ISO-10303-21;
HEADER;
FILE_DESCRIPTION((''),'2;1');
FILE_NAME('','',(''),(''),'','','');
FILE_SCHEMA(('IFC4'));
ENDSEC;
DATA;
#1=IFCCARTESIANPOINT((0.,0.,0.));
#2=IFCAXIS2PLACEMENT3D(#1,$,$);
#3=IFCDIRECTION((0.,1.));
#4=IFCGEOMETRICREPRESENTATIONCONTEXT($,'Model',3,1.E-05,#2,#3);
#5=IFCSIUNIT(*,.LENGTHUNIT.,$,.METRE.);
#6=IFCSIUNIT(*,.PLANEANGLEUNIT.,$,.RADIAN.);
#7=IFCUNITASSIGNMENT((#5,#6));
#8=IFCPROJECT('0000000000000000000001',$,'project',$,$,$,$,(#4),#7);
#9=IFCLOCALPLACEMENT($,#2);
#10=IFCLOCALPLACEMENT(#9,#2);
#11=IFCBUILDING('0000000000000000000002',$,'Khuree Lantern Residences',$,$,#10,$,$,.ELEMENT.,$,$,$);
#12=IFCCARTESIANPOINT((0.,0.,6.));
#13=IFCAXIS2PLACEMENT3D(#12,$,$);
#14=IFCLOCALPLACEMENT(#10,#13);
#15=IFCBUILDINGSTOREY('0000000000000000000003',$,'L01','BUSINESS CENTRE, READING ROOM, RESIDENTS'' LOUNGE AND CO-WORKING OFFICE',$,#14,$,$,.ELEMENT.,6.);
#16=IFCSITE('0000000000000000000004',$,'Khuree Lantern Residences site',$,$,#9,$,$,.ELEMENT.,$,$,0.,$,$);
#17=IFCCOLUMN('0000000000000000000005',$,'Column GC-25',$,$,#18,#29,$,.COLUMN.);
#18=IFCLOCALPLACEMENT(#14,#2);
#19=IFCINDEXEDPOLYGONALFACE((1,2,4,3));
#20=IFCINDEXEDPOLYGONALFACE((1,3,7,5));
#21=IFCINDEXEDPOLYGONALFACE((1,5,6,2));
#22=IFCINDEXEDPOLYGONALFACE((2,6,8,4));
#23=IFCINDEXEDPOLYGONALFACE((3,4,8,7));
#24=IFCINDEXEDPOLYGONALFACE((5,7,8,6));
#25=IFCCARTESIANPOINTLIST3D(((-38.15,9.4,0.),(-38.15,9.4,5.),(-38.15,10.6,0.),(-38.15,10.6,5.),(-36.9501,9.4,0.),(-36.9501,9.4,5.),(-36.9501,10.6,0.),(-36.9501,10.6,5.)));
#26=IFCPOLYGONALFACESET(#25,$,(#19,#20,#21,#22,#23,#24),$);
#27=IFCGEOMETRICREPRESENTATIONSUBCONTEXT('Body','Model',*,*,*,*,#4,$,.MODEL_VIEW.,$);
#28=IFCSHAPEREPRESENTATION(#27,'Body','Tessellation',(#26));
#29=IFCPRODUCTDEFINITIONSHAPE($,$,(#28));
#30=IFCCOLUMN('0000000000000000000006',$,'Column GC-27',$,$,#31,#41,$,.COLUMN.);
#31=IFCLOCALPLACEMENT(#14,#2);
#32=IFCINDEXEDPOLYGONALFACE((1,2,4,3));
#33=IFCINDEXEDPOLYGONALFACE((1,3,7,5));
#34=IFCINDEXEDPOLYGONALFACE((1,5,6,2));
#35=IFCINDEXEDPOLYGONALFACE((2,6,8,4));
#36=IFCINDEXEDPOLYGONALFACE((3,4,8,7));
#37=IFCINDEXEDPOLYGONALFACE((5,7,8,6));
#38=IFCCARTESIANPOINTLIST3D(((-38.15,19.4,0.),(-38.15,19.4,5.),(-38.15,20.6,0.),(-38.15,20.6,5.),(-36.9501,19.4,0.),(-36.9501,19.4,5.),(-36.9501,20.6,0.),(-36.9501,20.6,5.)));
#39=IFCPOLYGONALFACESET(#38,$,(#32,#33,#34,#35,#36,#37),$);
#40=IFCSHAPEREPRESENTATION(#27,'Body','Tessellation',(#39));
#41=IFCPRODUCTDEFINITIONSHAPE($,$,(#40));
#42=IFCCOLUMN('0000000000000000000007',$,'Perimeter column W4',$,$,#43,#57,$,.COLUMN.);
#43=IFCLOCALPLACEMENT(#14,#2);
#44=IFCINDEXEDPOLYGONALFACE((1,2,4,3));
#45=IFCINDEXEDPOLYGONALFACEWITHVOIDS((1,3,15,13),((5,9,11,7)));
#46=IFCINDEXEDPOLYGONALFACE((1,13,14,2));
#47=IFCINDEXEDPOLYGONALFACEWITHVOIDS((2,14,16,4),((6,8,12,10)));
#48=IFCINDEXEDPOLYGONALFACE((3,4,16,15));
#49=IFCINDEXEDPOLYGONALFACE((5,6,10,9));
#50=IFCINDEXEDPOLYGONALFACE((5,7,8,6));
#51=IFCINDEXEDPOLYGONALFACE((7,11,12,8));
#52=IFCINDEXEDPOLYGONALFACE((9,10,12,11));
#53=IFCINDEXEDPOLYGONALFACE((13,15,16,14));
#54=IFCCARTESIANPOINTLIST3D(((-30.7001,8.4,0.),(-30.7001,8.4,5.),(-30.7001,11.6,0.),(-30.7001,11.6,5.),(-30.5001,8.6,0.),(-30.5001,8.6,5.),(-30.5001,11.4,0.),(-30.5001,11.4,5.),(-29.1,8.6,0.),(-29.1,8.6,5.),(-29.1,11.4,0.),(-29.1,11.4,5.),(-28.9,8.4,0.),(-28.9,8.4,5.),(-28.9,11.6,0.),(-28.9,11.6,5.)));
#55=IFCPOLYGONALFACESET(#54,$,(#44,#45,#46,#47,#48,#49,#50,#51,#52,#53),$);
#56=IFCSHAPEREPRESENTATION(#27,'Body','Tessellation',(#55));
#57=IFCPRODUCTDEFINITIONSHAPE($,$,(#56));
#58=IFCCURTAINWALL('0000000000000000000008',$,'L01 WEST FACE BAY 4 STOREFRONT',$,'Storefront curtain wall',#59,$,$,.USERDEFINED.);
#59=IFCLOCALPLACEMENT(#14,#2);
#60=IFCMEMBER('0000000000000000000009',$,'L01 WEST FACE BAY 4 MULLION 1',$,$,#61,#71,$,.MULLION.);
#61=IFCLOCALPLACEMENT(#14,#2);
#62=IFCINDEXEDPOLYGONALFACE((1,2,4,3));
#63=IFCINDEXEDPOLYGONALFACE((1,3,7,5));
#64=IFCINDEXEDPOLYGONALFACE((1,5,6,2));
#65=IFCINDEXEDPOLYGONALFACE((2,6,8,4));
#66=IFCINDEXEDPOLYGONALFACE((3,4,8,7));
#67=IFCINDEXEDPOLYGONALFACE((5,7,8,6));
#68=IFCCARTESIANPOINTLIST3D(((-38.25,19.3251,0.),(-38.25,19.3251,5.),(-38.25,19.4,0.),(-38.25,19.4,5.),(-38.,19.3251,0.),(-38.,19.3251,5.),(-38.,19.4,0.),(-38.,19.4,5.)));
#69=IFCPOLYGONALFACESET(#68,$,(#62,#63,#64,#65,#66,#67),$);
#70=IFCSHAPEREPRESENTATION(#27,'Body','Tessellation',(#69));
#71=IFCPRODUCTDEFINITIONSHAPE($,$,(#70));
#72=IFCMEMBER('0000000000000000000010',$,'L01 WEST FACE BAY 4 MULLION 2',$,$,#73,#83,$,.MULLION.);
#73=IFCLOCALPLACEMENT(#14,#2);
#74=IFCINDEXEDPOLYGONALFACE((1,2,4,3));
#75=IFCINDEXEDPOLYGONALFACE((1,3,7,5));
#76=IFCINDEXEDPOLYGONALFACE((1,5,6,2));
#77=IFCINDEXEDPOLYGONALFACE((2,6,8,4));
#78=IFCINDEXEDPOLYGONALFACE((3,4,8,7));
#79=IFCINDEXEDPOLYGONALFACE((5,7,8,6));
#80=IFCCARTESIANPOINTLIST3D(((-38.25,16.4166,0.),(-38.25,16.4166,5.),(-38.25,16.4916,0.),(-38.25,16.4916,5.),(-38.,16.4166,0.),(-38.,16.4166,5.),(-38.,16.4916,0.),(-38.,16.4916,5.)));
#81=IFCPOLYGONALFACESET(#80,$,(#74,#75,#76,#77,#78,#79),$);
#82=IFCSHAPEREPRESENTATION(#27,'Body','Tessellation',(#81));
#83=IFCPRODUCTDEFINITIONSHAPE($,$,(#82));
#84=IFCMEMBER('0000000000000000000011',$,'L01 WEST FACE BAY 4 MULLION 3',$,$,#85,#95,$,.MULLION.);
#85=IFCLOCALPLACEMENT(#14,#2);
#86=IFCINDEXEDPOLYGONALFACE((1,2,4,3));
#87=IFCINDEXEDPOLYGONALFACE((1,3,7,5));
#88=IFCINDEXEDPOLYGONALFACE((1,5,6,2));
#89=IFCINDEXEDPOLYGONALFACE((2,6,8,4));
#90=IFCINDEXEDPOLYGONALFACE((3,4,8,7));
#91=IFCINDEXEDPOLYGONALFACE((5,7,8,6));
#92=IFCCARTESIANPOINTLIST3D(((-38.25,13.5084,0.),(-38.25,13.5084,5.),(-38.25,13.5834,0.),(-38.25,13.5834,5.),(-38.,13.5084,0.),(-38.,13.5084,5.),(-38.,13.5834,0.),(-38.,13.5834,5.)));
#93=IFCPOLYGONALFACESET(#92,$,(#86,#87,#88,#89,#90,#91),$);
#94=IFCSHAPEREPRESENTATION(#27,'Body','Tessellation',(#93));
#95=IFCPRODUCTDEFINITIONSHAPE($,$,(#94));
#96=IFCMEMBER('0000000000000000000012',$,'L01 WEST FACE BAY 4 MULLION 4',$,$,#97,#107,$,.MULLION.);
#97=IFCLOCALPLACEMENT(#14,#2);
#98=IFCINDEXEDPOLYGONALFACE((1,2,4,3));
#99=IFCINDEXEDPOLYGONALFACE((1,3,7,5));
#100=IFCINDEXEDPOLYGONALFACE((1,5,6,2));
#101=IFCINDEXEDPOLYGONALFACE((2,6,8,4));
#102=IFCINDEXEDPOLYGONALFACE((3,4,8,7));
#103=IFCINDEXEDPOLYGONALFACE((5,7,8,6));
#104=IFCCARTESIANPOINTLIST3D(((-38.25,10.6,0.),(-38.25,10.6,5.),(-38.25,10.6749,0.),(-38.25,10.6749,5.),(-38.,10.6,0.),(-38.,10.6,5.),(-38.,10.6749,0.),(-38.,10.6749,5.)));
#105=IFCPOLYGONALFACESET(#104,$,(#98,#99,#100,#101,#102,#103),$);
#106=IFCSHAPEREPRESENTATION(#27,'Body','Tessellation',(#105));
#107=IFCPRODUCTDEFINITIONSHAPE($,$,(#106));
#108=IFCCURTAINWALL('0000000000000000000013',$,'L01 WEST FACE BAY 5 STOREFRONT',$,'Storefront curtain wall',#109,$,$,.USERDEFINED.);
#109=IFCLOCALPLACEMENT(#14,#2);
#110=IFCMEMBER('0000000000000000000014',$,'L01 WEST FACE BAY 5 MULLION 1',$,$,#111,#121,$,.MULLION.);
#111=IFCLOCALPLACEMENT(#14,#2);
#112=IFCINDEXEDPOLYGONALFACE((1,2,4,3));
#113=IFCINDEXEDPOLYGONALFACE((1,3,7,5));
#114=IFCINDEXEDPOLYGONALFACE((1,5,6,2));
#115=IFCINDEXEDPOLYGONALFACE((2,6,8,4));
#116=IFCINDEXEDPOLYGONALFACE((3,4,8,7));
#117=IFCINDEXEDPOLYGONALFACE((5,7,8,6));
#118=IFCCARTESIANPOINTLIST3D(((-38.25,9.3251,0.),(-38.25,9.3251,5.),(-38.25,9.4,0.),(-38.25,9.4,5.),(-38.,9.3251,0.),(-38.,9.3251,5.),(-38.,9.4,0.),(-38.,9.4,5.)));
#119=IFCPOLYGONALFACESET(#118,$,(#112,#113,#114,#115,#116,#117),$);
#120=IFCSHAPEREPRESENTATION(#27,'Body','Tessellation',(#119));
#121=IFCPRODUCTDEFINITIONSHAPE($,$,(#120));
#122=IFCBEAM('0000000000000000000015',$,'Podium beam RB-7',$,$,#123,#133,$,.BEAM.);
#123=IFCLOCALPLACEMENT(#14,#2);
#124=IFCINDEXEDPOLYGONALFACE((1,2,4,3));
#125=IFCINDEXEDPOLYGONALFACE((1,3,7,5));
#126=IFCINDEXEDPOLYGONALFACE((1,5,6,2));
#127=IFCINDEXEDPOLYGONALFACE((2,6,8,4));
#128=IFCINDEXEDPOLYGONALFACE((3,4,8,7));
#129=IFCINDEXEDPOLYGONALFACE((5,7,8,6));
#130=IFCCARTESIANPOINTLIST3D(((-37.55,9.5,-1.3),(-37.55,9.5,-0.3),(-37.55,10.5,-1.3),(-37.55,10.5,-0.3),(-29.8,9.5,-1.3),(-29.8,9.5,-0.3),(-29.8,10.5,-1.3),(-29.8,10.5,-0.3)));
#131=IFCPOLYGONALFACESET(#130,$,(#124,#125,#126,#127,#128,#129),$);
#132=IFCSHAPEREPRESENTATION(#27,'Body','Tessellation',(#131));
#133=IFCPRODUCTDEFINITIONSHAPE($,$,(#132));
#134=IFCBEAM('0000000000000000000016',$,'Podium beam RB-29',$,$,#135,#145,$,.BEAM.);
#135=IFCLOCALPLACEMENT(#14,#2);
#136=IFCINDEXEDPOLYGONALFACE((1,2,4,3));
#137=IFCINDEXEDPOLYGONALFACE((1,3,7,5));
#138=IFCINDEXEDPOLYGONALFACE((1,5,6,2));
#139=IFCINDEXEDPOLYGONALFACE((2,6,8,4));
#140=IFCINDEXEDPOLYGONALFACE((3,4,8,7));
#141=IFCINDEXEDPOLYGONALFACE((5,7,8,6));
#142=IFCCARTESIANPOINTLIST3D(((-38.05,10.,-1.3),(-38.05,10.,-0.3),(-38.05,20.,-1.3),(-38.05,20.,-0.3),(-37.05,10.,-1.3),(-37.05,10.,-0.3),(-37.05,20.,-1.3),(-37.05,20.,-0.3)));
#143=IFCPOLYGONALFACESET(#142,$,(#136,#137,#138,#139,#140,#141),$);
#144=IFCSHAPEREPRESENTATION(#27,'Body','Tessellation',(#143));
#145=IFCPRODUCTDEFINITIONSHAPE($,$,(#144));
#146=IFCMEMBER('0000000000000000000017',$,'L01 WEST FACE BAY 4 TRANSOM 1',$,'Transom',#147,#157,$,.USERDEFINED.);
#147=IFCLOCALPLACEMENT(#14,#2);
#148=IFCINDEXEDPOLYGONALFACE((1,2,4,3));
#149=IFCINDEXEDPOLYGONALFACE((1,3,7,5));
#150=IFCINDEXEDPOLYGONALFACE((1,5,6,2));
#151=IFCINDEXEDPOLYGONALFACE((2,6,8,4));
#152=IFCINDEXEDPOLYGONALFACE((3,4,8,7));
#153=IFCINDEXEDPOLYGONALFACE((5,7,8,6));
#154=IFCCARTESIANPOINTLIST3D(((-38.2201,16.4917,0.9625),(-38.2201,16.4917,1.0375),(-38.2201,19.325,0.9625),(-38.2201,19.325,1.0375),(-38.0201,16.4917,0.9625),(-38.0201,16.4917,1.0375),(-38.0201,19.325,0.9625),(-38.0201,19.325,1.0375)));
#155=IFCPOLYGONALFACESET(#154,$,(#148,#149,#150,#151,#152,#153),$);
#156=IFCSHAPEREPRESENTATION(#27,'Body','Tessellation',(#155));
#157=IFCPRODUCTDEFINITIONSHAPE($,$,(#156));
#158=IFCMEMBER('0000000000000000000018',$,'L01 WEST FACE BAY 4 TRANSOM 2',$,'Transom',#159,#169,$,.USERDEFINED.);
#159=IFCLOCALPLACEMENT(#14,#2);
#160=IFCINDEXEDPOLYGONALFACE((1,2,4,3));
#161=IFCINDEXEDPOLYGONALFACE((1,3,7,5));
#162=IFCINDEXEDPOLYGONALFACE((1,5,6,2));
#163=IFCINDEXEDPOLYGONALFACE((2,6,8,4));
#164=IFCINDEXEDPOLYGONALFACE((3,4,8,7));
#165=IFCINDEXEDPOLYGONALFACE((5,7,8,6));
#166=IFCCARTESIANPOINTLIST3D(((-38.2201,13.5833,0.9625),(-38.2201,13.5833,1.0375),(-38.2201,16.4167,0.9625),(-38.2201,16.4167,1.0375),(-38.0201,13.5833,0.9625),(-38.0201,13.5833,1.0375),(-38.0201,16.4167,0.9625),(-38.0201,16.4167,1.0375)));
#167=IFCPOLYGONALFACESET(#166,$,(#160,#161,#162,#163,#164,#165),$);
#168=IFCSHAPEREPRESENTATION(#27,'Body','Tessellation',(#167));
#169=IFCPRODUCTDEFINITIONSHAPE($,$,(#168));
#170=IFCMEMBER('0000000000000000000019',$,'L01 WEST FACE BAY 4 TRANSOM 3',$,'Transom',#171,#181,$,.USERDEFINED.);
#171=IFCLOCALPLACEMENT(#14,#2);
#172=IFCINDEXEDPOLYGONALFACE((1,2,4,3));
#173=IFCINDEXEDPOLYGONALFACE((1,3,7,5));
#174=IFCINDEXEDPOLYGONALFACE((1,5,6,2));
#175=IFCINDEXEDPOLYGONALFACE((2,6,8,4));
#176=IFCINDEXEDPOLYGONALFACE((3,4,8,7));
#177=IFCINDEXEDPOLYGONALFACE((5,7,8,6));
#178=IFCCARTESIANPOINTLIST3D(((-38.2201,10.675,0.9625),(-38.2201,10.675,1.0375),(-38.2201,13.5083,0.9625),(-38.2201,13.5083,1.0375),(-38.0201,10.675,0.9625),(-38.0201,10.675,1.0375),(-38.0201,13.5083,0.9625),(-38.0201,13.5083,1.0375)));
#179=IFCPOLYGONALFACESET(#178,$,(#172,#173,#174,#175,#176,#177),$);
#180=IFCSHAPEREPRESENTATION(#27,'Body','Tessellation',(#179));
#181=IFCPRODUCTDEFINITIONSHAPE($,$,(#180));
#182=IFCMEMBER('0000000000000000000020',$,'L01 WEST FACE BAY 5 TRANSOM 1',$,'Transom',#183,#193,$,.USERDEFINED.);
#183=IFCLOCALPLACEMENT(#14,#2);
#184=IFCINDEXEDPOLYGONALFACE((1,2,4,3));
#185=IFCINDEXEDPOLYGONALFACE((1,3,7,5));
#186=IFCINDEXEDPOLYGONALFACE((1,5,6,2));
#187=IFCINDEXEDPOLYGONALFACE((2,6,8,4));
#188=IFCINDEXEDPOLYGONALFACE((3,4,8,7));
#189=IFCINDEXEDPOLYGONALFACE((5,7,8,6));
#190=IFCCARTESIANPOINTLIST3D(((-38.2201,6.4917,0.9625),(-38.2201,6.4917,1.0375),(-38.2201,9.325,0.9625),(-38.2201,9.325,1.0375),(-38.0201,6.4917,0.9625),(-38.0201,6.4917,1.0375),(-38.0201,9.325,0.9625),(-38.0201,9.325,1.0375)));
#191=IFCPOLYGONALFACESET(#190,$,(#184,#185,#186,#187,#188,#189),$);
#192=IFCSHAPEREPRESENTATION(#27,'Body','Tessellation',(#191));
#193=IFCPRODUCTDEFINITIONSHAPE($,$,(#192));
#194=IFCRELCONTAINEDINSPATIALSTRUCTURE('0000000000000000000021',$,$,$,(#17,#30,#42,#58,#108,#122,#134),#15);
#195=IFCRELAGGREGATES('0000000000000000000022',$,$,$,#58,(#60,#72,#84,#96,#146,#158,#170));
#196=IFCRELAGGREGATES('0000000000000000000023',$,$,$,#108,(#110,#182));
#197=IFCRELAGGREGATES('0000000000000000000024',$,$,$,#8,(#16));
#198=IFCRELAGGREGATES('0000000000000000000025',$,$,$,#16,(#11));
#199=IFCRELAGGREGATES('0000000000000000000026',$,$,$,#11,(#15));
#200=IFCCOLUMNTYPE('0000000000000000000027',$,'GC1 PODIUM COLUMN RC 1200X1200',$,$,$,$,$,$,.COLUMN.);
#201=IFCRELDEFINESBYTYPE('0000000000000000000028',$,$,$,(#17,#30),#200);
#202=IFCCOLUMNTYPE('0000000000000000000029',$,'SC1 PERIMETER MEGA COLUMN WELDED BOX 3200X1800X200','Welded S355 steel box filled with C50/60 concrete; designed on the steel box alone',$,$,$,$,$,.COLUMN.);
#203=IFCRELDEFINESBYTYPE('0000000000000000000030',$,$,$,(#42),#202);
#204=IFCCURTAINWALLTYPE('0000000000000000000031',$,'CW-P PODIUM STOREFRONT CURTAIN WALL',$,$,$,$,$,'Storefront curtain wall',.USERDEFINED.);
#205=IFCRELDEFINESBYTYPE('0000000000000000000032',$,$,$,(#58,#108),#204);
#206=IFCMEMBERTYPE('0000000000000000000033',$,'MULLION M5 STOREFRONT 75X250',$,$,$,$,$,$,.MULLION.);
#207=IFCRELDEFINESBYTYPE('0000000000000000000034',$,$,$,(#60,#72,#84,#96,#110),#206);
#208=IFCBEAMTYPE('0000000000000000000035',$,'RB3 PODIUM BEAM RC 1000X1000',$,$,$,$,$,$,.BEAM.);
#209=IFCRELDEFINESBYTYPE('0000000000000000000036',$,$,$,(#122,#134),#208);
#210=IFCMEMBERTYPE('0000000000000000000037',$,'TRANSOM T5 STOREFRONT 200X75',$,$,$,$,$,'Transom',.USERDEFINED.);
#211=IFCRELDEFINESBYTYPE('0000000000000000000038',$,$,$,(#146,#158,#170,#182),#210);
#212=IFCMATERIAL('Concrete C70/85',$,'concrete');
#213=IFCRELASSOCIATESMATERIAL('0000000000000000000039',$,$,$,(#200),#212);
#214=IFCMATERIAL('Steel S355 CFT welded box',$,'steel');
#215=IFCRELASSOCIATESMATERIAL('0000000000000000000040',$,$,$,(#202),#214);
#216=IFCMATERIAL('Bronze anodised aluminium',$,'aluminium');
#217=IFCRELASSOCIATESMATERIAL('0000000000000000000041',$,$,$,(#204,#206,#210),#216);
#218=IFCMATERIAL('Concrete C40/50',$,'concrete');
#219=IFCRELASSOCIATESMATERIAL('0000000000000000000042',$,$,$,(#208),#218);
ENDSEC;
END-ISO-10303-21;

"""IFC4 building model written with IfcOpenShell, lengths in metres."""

from ifc_helpers import new_model, si_unit, direction, frame, origin, origin_2d, place, context, subcontext, project, spatial, rectangle, hollow_rectangle, extrude, material, material_profile, profile_set, type_object, element, aggregate, save


model = new_model("IFC4")

# Units and contexts
model_context = context("Model", 3, precision=1e-05, world=origin(), true_north=direction((0.0, 1.0)))
body_context = subcontext(model_context, "Body", "Model", "MODEL_VIEW")
ifc_project = project(units=[si_unit("LENGTHUNIT", "METRE"), si_unit("PLANEANGLEUNIT", "RADIAN")], contexts=[model_context])

# Site, building, storey
site_placement = place(None, origin())
site = spatial("IfcSite", under=ifc_project, at=site_placement, Name="Khuree Lantern Residences site", CompositionType="ELEMENT", RefElevation=0.0)
building_placement = place(site_placement, origin())
building = spatial("IfcBuilding", under=site, at=building_placement, Name="Khuree Lantern Residences", CompositionType="ELEMENT")
storey_placement = place(building_placement, frame((0.0, 0.0, 6.0)))
storey = spatial("IfcBuildingStorey", under=building, at=storey_placement, Name="L01", Description="BUSINESS CENTRE, READING ROOM, RESIDENTS' LOUNGE AND CO-WORKING OFFICE", CompositionType="ELEMENT", Elevation=6.0)

# Columns
ifc_material_1 = material(Name="Concrete C70/85", Category="concrete")
ifc_material_profile_1 = material_profile(ifc_material_1, rectangle(XDim=1.2, YDim=1.2, at=origin_2d()), Name="RC 1200X1200")
ifc_profile_set_1 = profile_set([ifc_material_profile_1], Name="Concrete C70/85")
column_type_1 = type_object("IfcColumnType", Name="GC1 PODIUM COLUMN RC 1200X1200", PredefinedType="COLUMN", material=ifc_profile_set_1)
for number, where, z_axis, x_axis, name in (
    (1, (-37.55, 10.0, 0.0), (0.0, 0.0, 1.0), (1.0, 0.0, 0.0), "Column GC-25"),
    (2, (-37.55, 20.0, 0.0), (0.0, 0.0, 1.0), (1.0, 0.0, 0.0), "Column GC-27"),
):
    element("IfcColumn", number, at=place(storey_placement, frame(where, z_axis=z_axis, x_axis=x_axis)), inside=storey, type_object=column_type_1, Name=name, PredefinedType="COLUMN", context=body_context, shape_type="SweptSolid", body=[
        extrude(rectangle(XDim=1.2, YDim=1.2, at=origin_2d()), origin(), (0.0, 0.0, 1.0), 5.0),
    ])
ifc_material_2 = material(Name="Steel S355 CFT welded box", Category="steel")
ifc_material_profile_2 = material_profile(ifc_material_2, hollow_rectangle(XDim=3.2, YDim=1.8, WallThickness=0.2, at=origin_2d()), Name="WELDED BOX 3200X1800X200")
ifc_profile_set_2 = profile_set([ifc_material_profile_2], Name="Steel S355 CFT welded box")
column_type_2 = type_object("IfcColumnType", Name="SC1 PERIMETER MEGA COLUMN WELDED BOX 3200X1800X200", Description="Welded S355 steel box filled with C50/60 concrete; designed on the steel box alone", PredefinedType="COLUMN", material=ifc_profile_set_2)
column_placement = place(storey_placement, frame((-29.8, 10.0, 0.0), z_axis=(0.0, 0.0, 1.0), x_axis=(0.0, 1.0, 0.0)))
element("IfcColumn", 3, at=column_placement, inside=storey, type_object=column_type_2, Name="Perimeter column W4", PredefinedType="COLUMN", context=body_context, shape_type="SweptSolid", body=[
    extrude(hollow_rectangle(XDim=3.2, YDim=1.8, WallThickness=0.2, at=origin_2d()), origin(), (0.0, 0.0, 1.0), 5.0),
])

# Curtain wall, members
ifc_material_3 = material(Name="Bronze anodised aluminium", Category="aluminium")
curtain_wall_type = type_object("IfcCurtainWallType", Name="CW-P PODIUM STOREFRONT CURTAIN WALL", ElementType="Storefront curtain wall", PredefinedType="USERDEFINED", material=ifc_material_3)
curtain_wall_1_placement = place(storey_placement, origin())
curtain_wall_1 = element("IfcCurtainWall", 4, at=curtain_wall_1_placement, inside=storey, type_object=curtain_wall_type, Name="L01 WEST FACE BAY 4 STOREFRONT", ObjectType="Storefront curtain wall", PredefinedType="USERDEFINED")
ifc_material_profile_3 = material_profile(ifc_material_3, rectangle(XDim=0.075, YDim=0.25, at=origin_2d()), Name="M5 75X250")
ifc_profile_set_3 = profile_set([ifc_material_profile_3], Name="Bronze anodised aluminium")
member_type_1 = type_object("IfcMemberType", Name="MULLION M5 STOREFRONT 75X250", PredefinedType="MULLION", material=ifc_profile_set_3)
member_1_placement = place(storey_placement, frame((-38.125, 19.3625, 0.0), z_axis=(0.0, 0.0, 1.0), x_axis=(0.0, -1.0, 0.0)))
member_1 = element("IfcMember", 5, at=member_1_placement, type_object=member_type_1, Name="L01 WEST FACE BAY 4 MULLION 1", PredefinedType="MULLION", context=body_context, shape_type="SweptSolid", body=[
    extrude(rectangle(XDim=0.075, YDim=0.25, at=origin_2d()), origin(), (0.0, 0.0, 1.0), 5.0),
])
member_2_placement = place(storey_placement, frame((-38.125, 16.4541, 0.0), z_axis=(0.0, 0.0, 1.0), x_axis=(0.0, -1.0, 0.0)))
member_2 = element("IfcMember", 6, at=member_2_placement, type_object=member_type_1, Name="L01 WEST FACE BAY 4 MULLION 2", PredefinedType="MULLION", context=body_context, shape_type="SweptSolid", body=[
    extrude(rectangle(XDim=0.075, YDim=0.25, at=origin_2d()), origin(), (0.0, 0.0, 1.0), 5.0),
])
member_3_placement = place(storey_placement, frame((-38.125, 13.5459, 0.0), z_axis=(0.0, 0.0, 1.0), x_axis=(0.0, -1.0, 0.0)))
member_3 = element("IfcMember", 7, at=member_3_placement, type_object=member_type_1, Name="L01 WEST FACE BAY 4 MULLION 3", PredefinedType="MULLION", context=body_context, shape_type="SweptSolid", body=[
    extrude(rectangle(XDim=0.075, YDim=0.25, at=origin_2d()), origin(), (0.0, 0.0, 1.0), 5.0),
])
member_4_placement = place(storey_placement, frame((-38.125, 10.6375, 0.0), z_axis=(0.0, 0.0, 1.0), x_axis=(0.0, -1.0, 0.0)))
member_4 = element("IfcMember", 8, at=member_4_placement, type_object=member_type_1, Name="L01 WEST FACE BAY 4 MULLION 4", PredefinedType="MULLION", context=body_context, shape_type="SweptSolid", body=[
    extrude(rectangle(XDim=0.075, YDim=0.25, at=origin_2d()), origin(), (0.0, 0.0, 1.0), 5.0),
])

# Curtain wall, member
curtain_wall_2_placement = place(storey_placement, origin())
curtain_wall_2 = element("IfcCurtainWall", 9, at=curtain_wall_2_placement, inside=storey, type_object=curtain_wall_type, Name="L01 WEST FACE BAY 5 STOREFRONT", ObjectType="Storefront curtain wall", PredefinedType="USERDEFINED")
member_5_placement = place(storey_placement, frame((-38.125, 9.3625, 0.0), z_axis=(0.0, 0.0, 1.0), x_axis=(0.0, -1.0, 0.0)))
member_5 = element("IfcMember", 10, at=member_5_placement, type_object=member_type_1, Name="L01 WEST FACE BAY 5 MULLION 1", PredefinedType="MULLION", context=body_context, shape_type="SweptSolid", body=[
    extrude(rectangle(XDim=0.075, YDim=0.25, at=origin_2d()), origin(), (0.0, 0.0, 1.0), 5.0),
])

# Beams
ifc_material_4 = material(Name="Concrete C40/50", Category="concrete")
ifc_material_profile_4 = material_profile(ifc_material_4, rectangle(XDim=1.0, YDim=1.0, at=origin_2d()), Name="RC 1000X1000")
ifc_profile_set_4 = profile_set([ifc_material_profile_4], Name="Concrete C40/50")
beam_type = type_object("IfcBeamType", Name="RB3 PODIUM BEAM RC 1000X1000", PredefinedType="BEAM", material=ifc_profile_set_4)
beam_1_placement = place(storey_placement, frame((-37.55, 10.0, -0.8), z_axis=(1.0, 0.0, 0.0), x_axis=(0.0, 1.0, 0.0)))
element("IfcBeam", 11, at=beam_1_placement, inside=storey, type_object=beam_type, Name="Podium beam RB-7", PredefinedType="BEAM", context=body_context, shape_type="SweptSolid", body=[
    extrude(rectangle(XDim=1.0, YDim=1.0, at=origin_2d()), origin(), (0.0, 0.0, 1.0), 7.75),
])
beam_2_placement = place(storey_placement, frame((-37.55, 10.0, -0.8), z_axis=(0.0, 1.0, 0.0), x_axis=(-1.0, 0.0, 0.0)))
element("IfcBeam", 12, at=beam_2_placement, inside=storey, type_object=beam_type, Name="Podium beam RB-29", PredefinedType="BEAM", context=body_context, shape_type="SweptSolid", body=[
    extrude(rectangle(XDim=1.0, YDim=1.0, at=origin_2d()), origin(), (0.0, 0.0, 1.0), 10.0),
])

# Members
ifc_material_profile_5 = material_profile(ifc_material_3, rectangle(XDim=0.2, YDim=0.075, at=origin_2d()), Name="T5 200X75")
ifc_profile_set_5 = profile_set([ifc_material_profile_5], Name="Bronze anodised aluminium")
member_type_2 = type_object("IfcMemberType", Name="TRANSOM T5 STOREFRONT 200X75", ElementType="Transom", PredefinedType="USERDEFINED", material=ifc_profile_set_5)
member_6_placement = place(storey_placement, frame((-38.1201, 19.325, 1.0), z_axis=(0.0, -1.0, 0.0), x_axis=(1.0, 0.0, 0.0)))
member_6 = element("IfcMember", 13, at=member_6_placement, type_object=member_type_2, Name="L01 WEST FACE BAY 4 TRANSOM 1", ObjectType="Transom", PredefinedType="USERDEFINED", context=body_context, shape_type="SweptSolid", body=[
    extrude(rectangle(XDim=0.2, YDim=0.075, at=origin_2d()), origin(), (0.0, 0.0, 1.0), 2.8333),
])
member_7_placement = place(storey_placement, frame((-38.1201, 16.4167, 1.0), z_axis=(0.0, -1.0, 0.0), x_axis=(1.0, 0.0, 0.0)))
member_7 = element("IfcMember", 14, at=member_7_placement, type_object=member_type_2, Name="L01 WEST FACE BAY 4 TRANSOM 2", ObjectType="Transom", PredefinedType="USERDEFINED", context=body_context, shape_type="SweptSolid", body=[
    extrude(rectangle(XDim=0.2, YDim=0.075, at=origin_2d()), origin(), (0.0, 0.0, 1.0), 2.8335),
])
member_8_placement = place(storey_placement, frame((-38.1201, 13.5083, 1.0), z_axis=(0.0, -1.0, 0.0), x_axis=(1.0, 0.0, 0.0)))
member_8 = element("IfcMember", 15, at=member_8_placement, type_object=member_type_2, Name="L01 WEST FACE BAY 4 TRANSOM 3", ObjectType="Transom", PredefinedType="USERDEFINED", context=body_context, shape_type="SweptSolid", body=[
    extrude(rectangle(XDim=0.2, YDim=0.075, at=origin_2d()), origin(), (0.0, 0.0, 1.0), 2.8333),
])
member_9_placement = place(storey_placement, frame((-38.1201, 9.325, 1.0), z_axis=(0.0, -1.0, 0.0), x_axis=(1.0, 0.0, 0.0)))
member_9 = element("IfcMember", 16, at=member_9_placement, type_object=member_type_2, Name="L01 WEST FACE BAY 5 TRANSOM 1", ObjectType="Transom", PredefinedType="USERDEFINED", context=body_context, shape_type="SweptSolid", body=[
    extrude(rectangle(XDim=0.2, YDim=0.075, at=origin_2d()), origin(), (0.0, 0.0, 1.0), 2.8333),
])

aggregate(curtain_wall_1, [member_1, member_2, member_3, member_4, member_6, member_7, member_8])
aggregate(curtain_wall_2, [member_5, member_9])

save(model, "model.ifc")
